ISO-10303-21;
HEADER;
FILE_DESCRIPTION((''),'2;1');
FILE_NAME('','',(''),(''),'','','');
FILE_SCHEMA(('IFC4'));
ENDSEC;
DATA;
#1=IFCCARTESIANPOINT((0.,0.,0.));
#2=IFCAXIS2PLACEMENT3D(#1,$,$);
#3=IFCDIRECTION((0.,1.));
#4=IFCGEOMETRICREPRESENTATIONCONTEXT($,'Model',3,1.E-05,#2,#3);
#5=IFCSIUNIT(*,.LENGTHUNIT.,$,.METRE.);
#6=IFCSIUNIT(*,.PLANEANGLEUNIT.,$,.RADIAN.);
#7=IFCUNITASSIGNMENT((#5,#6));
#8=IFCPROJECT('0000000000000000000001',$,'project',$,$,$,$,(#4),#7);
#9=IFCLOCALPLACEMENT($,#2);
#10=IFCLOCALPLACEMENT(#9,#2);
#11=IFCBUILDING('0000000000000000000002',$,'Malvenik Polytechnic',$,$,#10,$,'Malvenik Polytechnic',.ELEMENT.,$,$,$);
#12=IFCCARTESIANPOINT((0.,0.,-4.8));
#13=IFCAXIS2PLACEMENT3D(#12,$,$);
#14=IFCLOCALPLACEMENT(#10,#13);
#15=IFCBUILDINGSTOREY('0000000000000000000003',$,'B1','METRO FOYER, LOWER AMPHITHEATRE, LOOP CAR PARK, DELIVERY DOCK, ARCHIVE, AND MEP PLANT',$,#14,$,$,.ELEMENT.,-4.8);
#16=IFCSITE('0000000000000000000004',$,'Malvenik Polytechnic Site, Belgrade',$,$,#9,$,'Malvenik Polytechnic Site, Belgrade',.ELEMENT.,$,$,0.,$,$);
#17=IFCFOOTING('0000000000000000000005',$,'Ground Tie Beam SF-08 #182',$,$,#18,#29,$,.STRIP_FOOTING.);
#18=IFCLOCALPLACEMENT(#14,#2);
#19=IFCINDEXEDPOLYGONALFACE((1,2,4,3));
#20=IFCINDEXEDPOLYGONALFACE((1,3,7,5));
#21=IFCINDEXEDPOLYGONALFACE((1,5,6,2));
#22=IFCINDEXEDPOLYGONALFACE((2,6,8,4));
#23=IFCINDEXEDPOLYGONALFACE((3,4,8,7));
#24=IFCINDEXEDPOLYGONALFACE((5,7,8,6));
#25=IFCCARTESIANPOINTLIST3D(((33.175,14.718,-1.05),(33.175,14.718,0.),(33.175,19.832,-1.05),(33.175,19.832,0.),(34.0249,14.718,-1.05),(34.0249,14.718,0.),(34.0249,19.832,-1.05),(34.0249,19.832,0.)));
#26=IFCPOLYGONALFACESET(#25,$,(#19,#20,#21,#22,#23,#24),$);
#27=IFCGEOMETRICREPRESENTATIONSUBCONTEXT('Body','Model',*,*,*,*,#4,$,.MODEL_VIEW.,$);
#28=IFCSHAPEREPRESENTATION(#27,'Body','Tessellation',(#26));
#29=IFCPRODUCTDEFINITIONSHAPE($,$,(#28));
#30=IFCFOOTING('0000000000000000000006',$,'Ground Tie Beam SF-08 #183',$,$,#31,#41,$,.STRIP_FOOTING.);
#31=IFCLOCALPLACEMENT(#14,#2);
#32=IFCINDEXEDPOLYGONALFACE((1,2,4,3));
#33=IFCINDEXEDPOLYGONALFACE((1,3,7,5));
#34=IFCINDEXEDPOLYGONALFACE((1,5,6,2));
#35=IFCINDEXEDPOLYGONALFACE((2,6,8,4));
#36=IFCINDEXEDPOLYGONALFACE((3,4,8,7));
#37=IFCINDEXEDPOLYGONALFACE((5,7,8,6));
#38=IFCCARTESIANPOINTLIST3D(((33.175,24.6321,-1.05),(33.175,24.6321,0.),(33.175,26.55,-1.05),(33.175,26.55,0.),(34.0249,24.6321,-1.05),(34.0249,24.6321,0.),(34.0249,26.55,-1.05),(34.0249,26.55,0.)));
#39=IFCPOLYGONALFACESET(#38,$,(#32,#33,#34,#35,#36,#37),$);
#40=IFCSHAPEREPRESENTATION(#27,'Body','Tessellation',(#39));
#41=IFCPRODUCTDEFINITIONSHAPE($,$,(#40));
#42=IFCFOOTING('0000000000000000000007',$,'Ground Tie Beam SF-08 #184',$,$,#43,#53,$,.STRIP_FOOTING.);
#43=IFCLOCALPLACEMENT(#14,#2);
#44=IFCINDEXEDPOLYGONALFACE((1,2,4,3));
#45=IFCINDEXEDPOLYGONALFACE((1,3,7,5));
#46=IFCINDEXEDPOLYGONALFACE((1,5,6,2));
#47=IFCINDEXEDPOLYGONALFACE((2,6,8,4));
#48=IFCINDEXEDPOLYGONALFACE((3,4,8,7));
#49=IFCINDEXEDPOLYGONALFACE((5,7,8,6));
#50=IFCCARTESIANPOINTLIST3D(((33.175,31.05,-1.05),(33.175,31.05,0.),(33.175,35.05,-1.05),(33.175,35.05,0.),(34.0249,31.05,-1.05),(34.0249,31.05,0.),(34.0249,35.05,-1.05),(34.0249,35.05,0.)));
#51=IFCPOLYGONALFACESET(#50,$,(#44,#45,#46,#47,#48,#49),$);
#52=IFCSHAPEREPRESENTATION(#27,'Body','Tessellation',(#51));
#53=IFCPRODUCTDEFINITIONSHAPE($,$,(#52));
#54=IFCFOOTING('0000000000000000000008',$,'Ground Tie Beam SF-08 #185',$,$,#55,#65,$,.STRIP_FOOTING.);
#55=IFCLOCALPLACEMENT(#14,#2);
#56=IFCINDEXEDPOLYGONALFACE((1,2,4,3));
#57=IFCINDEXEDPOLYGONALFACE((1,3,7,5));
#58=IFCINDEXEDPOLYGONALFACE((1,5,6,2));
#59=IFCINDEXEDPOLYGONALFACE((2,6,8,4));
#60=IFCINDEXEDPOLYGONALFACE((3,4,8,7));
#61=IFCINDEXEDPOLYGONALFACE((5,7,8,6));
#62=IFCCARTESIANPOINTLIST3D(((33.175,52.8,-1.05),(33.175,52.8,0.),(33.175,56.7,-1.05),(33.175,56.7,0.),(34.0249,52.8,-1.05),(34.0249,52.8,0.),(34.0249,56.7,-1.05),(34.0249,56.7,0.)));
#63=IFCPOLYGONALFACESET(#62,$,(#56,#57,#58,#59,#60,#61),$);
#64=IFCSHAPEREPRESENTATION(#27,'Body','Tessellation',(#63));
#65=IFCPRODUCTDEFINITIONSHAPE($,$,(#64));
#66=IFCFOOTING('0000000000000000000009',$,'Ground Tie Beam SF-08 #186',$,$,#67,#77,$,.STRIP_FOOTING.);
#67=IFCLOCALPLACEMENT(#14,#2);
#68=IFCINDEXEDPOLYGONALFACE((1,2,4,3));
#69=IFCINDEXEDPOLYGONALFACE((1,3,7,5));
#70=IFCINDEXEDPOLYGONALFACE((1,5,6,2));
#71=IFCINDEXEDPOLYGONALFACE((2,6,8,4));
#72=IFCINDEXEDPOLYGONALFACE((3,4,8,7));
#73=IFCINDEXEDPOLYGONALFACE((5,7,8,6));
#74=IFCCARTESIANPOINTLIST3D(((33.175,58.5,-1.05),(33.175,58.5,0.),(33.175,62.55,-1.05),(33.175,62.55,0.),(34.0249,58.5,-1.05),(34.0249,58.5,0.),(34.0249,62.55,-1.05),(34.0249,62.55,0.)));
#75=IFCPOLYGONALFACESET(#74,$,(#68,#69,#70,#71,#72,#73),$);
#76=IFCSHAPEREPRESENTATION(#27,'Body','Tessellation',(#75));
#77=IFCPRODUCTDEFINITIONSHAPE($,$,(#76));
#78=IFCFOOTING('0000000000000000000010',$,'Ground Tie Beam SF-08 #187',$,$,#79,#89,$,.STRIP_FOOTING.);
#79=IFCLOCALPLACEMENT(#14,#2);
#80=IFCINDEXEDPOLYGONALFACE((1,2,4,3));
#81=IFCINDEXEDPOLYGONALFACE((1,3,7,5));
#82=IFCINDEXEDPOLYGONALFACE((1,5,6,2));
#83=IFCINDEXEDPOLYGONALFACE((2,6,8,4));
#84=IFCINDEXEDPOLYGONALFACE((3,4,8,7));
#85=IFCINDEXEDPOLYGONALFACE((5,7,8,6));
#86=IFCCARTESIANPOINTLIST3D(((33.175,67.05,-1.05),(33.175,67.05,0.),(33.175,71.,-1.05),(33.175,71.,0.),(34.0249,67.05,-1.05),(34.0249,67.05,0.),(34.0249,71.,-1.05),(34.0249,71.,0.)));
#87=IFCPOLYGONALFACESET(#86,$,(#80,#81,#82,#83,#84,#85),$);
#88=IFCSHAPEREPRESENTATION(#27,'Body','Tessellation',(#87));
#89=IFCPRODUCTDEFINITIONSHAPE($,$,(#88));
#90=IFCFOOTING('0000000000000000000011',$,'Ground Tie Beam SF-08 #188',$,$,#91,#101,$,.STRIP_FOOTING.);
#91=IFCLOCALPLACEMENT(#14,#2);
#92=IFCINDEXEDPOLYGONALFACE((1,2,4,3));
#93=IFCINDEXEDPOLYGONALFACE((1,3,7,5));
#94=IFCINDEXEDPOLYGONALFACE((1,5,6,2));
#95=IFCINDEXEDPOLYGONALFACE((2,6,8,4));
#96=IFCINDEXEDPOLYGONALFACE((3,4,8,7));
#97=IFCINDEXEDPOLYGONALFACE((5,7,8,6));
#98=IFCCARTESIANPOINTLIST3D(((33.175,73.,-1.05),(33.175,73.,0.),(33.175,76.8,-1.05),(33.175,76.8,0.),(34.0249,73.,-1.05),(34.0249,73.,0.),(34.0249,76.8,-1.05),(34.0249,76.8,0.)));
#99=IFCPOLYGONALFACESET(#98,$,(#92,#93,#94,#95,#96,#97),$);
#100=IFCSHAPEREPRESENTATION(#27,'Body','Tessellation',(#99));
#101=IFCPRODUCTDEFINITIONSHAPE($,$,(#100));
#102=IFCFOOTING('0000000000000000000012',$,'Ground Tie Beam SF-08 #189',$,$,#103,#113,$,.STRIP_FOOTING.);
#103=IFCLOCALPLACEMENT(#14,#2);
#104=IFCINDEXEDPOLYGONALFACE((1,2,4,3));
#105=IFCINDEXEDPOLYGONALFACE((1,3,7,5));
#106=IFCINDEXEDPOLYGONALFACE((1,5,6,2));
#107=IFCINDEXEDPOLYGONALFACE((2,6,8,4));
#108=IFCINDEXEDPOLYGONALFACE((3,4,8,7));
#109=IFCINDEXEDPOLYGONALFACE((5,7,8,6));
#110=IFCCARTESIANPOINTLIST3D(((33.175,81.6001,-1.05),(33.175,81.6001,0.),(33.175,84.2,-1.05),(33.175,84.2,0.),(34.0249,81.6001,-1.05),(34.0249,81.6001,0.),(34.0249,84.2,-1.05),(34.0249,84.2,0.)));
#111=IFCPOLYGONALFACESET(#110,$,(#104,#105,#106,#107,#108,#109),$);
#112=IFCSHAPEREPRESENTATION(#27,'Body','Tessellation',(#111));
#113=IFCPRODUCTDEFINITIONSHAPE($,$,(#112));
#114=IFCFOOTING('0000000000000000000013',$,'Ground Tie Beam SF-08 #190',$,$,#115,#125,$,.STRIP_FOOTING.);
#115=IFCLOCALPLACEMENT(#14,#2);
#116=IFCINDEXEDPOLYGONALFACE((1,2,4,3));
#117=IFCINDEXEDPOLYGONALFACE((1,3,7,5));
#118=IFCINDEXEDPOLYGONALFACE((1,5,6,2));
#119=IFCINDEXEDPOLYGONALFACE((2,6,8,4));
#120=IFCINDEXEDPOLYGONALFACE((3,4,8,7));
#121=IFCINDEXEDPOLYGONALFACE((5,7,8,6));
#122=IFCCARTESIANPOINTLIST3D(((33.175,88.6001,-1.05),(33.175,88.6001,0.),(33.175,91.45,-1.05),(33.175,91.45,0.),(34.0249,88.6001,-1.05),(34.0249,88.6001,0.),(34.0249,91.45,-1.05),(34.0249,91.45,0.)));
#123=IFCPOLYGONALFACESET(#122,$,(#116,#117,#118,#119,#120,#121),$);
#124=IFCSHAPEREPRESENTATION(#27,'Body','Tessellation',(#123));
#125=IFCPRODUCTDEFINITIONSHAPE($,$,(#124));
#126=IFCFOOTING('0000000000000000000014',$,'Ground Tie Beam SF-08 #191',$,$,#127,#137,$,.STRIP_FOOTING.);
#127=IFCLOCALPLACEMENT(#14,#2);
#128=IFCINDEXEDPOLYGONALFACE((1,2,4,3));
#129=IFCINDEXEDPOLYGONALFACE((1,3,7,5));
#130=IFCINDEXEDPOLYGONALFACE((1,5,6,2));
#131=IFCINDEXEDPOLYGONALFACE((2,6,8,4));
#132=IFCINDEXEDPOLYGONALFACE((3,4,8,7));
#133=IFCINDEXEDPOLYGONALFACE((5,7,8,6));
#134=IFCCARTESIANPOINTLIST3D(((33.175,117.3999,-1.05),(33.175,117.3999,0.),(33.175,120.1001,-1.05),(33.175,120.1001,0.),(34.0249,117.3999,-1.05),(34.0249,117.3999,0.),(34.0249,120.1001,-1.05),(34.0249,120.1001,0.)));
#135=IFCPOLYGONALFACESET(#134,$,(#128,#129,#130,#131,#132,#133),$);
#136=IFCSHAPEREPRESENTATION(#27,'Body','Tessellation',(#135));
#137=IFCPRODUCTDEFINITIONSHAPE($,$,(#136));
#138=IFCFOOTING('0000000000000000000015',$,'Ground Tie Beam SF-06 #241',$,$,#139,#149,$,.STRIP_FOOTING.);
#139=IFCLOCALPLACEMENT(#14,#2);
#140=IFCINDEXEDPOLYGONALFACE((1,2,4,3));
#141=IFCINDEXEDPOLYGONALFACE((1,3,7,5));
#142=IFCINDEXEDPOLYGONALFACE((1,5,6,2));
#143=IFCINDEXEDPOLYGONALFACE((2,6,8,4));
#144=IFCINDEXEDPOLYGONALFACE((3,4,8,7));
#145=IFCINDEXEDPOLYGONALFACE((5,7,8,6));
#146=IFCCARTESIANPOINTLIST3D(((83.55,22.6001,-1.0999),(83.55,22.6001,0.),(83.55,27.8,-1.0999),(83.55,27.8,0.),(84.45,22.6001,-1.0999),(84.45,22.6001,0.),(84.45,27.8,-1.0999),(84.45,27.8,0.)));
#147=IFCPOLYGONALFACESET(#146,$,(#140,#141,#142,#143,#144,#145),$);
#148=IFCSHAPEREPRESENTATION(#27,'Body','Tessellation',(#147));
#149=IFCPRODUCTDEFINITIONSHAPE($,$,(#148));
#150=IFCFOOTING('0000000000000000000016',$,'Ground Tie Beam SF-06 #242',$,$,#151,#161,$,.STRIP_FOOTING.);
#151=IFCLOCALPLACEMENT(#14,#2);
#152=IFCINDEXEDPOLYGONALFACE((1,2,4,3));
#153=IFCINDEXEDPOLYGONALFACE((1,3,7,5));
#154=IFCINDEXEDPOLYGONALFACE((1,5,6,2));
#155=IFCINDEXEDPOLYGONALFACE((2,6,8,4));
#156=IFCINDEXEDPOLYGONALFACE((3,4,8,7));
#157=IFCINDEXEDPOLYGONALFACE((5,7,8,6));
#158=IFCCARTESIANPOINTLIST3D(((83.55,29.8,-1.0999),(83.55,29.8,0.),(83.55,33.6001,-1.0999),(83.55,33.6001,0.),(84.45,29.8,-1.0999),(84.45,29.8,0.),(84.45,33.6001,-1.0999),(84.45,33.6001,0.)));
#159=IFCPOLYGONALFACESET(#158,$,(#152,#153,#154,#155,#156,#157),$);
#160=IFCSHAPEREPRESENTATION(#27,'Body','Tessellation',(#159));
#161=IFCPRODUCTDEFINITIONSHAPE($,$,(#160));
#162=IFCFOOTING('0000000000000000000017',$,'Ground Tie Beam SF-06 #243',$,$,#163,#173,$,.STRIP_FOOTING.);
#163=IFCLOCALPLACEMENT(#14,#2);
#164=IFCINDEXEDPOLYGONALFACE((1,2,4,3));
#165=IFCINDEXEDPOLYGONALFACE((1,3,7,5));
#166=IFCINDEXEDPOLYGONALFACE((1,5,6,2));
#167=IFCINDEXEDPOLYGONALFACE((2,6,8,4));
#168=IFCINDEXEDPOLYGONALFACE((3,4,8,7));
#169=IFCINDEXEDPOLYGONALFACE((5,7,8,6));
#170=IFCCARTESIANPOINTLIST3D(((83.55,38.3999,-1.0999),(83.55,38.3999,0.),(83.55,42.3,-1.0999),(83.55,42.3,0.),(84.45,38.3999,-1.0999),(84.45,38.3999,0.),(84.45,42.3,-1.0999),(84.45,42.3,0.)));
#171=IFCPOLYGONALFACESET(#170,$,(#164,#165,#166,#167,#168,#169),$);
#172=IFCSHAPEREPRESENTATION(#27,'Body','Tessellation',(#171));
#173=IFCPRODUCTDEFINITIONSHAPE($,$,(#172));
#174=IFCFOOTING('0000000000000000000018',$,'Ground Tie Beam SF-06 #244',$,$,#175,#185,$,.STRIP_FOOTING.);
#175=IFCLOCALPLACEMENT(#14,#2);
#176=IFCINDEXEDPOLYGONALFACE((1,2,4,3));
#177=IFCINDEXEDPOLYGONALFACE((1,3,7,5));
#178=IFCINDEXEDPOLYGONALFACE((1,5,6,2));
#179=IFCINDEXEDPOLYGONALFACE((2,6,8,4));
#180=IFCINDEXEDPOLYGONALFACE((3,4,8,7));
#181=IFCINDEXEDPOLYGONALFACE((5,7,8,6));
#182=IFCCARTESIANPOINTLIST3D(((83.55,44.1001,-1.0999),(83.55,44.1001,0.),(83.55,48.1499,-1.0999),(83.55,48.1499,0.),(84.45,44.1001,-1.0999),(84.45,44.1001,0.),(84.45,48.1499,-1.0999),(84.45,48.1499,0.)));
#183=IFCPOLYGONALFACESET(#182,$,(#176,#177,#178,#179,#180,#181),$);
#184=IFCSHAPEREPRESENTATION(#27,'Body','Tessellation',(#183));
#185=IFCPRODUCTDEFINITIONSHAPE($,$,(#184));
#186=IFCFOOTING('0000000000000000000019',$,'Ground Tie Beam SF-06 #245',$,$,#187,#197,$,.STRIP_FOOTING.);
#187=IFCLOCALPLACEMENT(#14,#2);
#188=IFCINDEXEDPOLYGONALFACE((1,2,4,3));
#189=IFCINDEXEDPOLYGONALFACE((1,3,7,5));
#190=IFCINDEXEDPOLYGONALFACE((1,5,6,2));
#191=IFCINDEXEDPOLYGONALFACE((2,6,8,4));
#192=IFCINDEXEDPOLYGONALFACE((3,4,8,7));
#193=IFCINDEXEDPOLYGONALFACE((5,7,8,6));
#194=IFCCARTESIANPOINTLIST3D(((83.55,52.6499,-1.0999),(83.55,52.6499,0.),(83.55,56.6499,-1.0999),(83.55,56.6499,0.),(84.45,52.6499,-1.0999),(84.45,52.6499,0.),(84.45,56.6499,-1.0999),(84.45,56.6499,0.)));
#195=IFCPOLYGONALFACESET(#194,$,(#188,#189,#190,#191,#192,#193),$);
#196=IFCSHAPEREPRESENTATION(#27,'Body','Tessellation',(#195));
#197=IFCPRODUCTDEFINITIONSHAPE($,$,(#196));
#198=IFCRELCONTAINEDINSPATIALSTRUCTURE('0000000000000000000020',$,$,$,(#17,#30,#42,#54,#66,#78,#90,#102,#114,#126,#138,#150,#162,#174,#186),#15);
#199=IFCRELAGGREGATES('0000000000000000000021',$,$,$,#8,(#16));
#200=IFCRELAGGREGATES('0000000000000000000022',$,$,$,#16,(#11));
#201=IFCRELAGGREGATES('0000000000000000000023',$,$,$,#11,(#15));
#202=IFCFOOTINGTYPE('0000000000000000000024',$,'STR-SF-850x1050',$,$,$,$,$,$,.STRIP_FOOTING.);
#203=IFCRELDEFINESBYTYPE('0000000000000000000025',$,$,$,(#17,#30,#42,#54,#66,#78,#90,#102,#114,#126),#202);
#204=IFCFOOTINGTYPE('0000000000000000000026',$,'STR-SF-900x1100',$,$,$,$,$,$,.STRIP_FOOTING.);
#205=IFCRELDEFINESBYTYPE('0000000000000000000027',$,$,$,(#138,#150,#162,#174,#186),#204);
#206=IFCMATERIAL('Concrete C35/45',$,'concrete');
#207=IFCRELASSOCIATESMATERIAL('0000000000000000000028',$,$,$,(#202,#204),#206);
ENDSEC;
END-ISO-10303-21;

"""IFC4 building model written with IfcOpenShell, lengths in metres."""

from ifc_helpers import new_model, si_unit, direction, frame, origin, place, context, subcontext, project, spatial, polyline, outline, extrude, material, type_object, element, save


model = new_model("IFC4")

# Units and contexts
model_context = context("Model", 3, precision=1e-05, world=origin(), true_north=direction((0.0, 1.0)))
body_context = subcontext(model_context, "Body", "Model", "MODEL_VIEW")
ifc_project = project(units=[si_unit("LENGTHUNIT", "METRE"), si_unit("PLANEANGLEUNIT", "RADIAN")], contexts=[model_context])

# Site, building, storey
site_placement = place(None, origin())
site = spatial("IfcSite", under=ifc_project, at=site_placement, Name="Malvenik Polytechnic Site, Belgrade", LongName="Malvenik Polytechnic Site, Belgrade", CompositionType="ELEMENT", RefElevation=0.0)
building_placement = place(site_placement, origin())
building = spatial("IfcBuilding", under=site, at=building_placement, Name="Malvenik Polytechnic", LongName="Malvenik Polytechnic", CompositionType="ELEMENT")
storey_placement = place(building_placement, frame((0.0, 0.0, -4.8)))
storey = spatial("IfcBuildingStorey", under=building, at=storey_placement, Name="B1", Description="METRO FOYER, LOWER AMPHITHEATRE, LOOP CAR PARK, DELIVERY DOCK, ARCHIVE, AND MEP PLANT", CompositionType="ELEMENT", Elevation=-4.8)

# Footings
ifc_material = material(Name="Concrete C35/45", Category="concrete")
footing_type_1 = type_object("IfcFootingType", Name="STR-SF-850x1050", PredefinedType="STRIP_FOOTING", material=ifc_material)
footing_1_placement = place(storey_placement, frame((0.0, 0.0, -1.05)))
element("IfcFooting", 1, at=footing_1_placement, inside=storey, type_object=footing_type_1, Name="Ground Tie Beam SF-08 #182", PredefinedType="STRIP_FOOTING", context=body_context, shape_type="SweptSolid", body=[
    extrude(outline(polyline([(33.175, 14.718), (34.0249, 14.718), (34.0249, 19.832), (33.175, 19.832), (33.175, 14.718)])), origin(), (0.0, 0.0, 1.0), 1.05),
])
footing_2_placement = place(storey_placement, frame((0.0, 0.0, -1.05)))
element("IfcFooting", 2, at=footing_2_placement, inside=storey, type_object=footing_type_1, Name="Ground Tie Beam SF-08 #183", PredefinedType="STRIP_FOOTING", context=body_context, shape_type="SweptSolid", body=[
    extrude(outline(polyline([(33.175, 24.6321), (34.0249, 24.6321), (34.0249, 26.55), (33.175, 26.55), (33.175, 24.6321)])), origin(), (0.0, 0.0, 1.0), 1.05),
])
footing_3_placement = place(storey_placement, frame((0.0, 0.0, -1.05)))
element("IfcFooting", 3, at=footing_3_placement, inside=storey, type_object=footing_type_1, Name="Ground Tie Beam SF-08 #184", PredefinedType="STRIP_FOOTING", context=body_context, shape_type="SweptSolid", body=[
    extrude(outline(polyline([(33.175, 31.05), (34.0249, 31.05), (34.0249, 35.05), (33.175, 35.05), (33.175, 31.05)])), origin(), (0.0, 0.0, 1.0), 1.05),
])
footing_4_placement = place(storey_placement, frame((0.0, 0.0, -1.05)))
element("IfcFooting", 4, at=footing_4_placement, inside=storey, type_object=footing_type_1, Name="Ground Tie Beam SF-08 #185", PredefinedType="STRIP_FOOTING", context=body_context, shape_type="SweptSolid", body=[
    extrude(outline(polyline([(33.175, 52.8), (34.0249, 52.8), (34.0249, 56.7), (33.175, 56.7), (33.175, 52.8)])), origin(), (0.0, 0.0, 1.0), 1.05),
])
footing_5_placement = place(storey_placement, frame((0.0, 0.0, -1.05)))
element("IfcFooting", 5, at=footing_5_placement, inside=storey, type_object=footing_type_1, Name="Ground Tie Beam SF-08 #186", PredefinedType="STRIP_FOOTING", context=body_context, shape_type="SweptSolid", body=[
    extrude(outline(polyline([(33.175, 58.5), (34.0249, 58.5), (34.0249, 62.55), (33.175, 62.55), (33.175, 58.5)])), origin(), (0.0, 0.0, 1.0), 1.05),
])
footing_6_placement = place(storey_placement, frame((0.0, 0.0, -1.05)))
element("IfcFooting", 6, at=footing_6_placement, inside=storey, type_object=footing_type_1, Name="Ground Tie Beam SF-08 #187", PredefinedType="STRIP_FOOTING", context=body_context, shape_type="SweptSolid", body=[
    extrude(outline(polyline([(33.175, 67.05), (34.0249, 67.05), (34.0249, 71.0), (33.175, 71.0), (33.175, 67.05)])), origin(), (0.0, 0.0, 1.0), 1.05),
])
footing_7_placement = place(storey_placement, frame((0.0, 0.0, -1.05)))
element("IfcFooting", 7, at=footing_7_placement, inside=storey, type_object=footing_type_1, Name="Ground Tie Beam SF-08 #188", PredefinedType="STRIP_FOOTING", context=body_context, shape_type="SweptSolid", body=[
    extrude(outline(polyline([(33.175, 73.0), (34.0249, 73.0), (34.0249, 76.8), (33.175, 76.8), (33.175, 73.0)])), origin(), (0.0, 0.0, 1.0), 1.05),
])
footing_8_placement = place(storey_placement, frame((0.0, 0.0, -1.05)))
element("IfcFooting", 8, at=footing_8_placement, inside=storey, type_object=footing_type_1, Name="Ground Tie Beam SF-08 #189", PredefinedType="STRIP_FOOTING", context=body_context, shape_type="SweptSolid", body=[
    extrude(outline(polyline([(33.175, 81.6001), (34.0249, 81.6001), (34.0249, 84.2), (33.175, 84.2), (33.175, 81.6001)])), origin(), (0.0, 0.0, 1.0), 1.05),
])
footing_9_placement = place(storey_placement, frame((0.0, 0.0, -1.05)))
element("IfcFooting", 9, at=footing_9_placement, inside=storey, type_object=footing_type_1, Name="Ground Tie Beam SF-08 #190", PredefinedType="STRIP_FOOTING", context=body_context, shape_type="SweptSolid", body=[
    extrude(outline(polyline([(33.175, 88.6001), (34.0249, 88.6001), (34.0249, 91.45), (33.175, 91.45), (33.175, 88.6001)])), origin(), (0.0, 0.0, 1.0), 1.05),
])
footing_10_placement = place(storey_placement, frame((0.0, 0.0, -1.05)))
element("IfcFooting", 10, at=footing_10_placement, inside=storey, type_object=footing_type_1, Name="Ground Tie Beam SF-08 #191", PredefinedType="STRIP_FOOTING", context=body_context, shape_type="SweptSolid", body=[
    extrude(outline(polyline([(33.175, 117.3999), (34.0249, 117.3999), (34.0249, 120.1001), (33.175, 120.1001), (33.175, 117.3999)])), origin(), (0.0, 0.0, 1.0), 1.05),
])
footing_type_2 = type_object("IfcFootingType", Name="STR-SF-900x1100", PredefinedType="STRIP_FOOTING", material=ifc_material)
footing_11_placement = place(storey_placement, frame((0.0, 0.0, -1.0999)))
element("IfcFooting", 11, at=footing_11_placement, inside=storey, type_object=footing_type_2, Name="Ground Tie Beam SF-06 #241", PredefinedType="STRIP_FOOTING", context=body_context, shape_type="SweptSolid", body=[
    extrude(outline(polyline([(83.55, 22.6001), (84.45, 22.6001), (84.45, 27.8), (83.55, 27.8), (83.55, 22.6001)])), origin(), (0.0, 0.0, 1.0), 1.0999),
])
footing_12_placement = place(storey_placement, frame((0.0, 0.0, -1.0999)))
element("IfcFooting", 12, at=footing_12_placement, inside=storey, type_object=footing_type_2, Name="Ground Tie Beam SF-06 #242", PredefinedType="STRIP_FOOTING", context=body_context, shape_type="SweptSolid", body=[
    extrude(outline(polyline([(83.55, 29.8), (84.45, 29.8), (84.45, 33.6001), (83.55, 33.6001), (83.55, 29.8)])), origin(), (0.0, 0.0, 1.0), 1.0999),
])
footing_13_placement = place(storey_placement, frame((0.0, 0.0, -1.0999)))
element("IfcFooting", 13, at=footing_13_placement, inside=storey, type_object=footing_type_2, Name="Ground Tie Beam SF-06 #243", PredefinedType="STRIP_FOOTING", context=body_context, shape_type="SweptSolid", body=[
    extrude(outline(polyline([(83.55, 38.3999), (84.45, 38.3999), (84.45, 42.3), (83.55, 42.3), (83.55, 38.3999)])), origin(), (0.0, 0.0, 1.0), 1.0999),
])
footing_14_placement = place(storey_placement, frame((0.0, 0.0, -1.0999)))
element("IfcFooting", 14, at=footing_14_placement, inside=storey, type_object=footing_type_2, Name="Ground Tie Beam SF-06 #244", PredefinedType="STRIP_FOOTING", context=body_context, shape_type="SweptSolid", body=[
    extrude(outline(polyline([(83.55, 44.1001), (84.45, 44.1001), (84.45, 48.1499), (83.55, 48.1499), (83.55, 44.1001)])), origin(), (0.0, 0.0, 1.0), 1.0999),
])
footing_15_placement = place(storey_placement, frame((0.0, 0.0, -1.0999)))
element("IfcFooting", 15, at=footing_15_placement, inside=storey, type_object=footing_type_2, Name="Ground Tie Beam SF-06 #245", PredefinedType="STRIP_FOOTING", context=body_context, shape_type="SweptSolid", body=[
    extrude(outline(polyline([(83.55, 52.6499), (84.45, 52.6499), (84.45, 56.6499), (83.55, 56.6499), (83.55, 52.6499)])), origin(), (0.0, 0.0, 1.0), 1.0999),
])

save(model, "model.ifc")
